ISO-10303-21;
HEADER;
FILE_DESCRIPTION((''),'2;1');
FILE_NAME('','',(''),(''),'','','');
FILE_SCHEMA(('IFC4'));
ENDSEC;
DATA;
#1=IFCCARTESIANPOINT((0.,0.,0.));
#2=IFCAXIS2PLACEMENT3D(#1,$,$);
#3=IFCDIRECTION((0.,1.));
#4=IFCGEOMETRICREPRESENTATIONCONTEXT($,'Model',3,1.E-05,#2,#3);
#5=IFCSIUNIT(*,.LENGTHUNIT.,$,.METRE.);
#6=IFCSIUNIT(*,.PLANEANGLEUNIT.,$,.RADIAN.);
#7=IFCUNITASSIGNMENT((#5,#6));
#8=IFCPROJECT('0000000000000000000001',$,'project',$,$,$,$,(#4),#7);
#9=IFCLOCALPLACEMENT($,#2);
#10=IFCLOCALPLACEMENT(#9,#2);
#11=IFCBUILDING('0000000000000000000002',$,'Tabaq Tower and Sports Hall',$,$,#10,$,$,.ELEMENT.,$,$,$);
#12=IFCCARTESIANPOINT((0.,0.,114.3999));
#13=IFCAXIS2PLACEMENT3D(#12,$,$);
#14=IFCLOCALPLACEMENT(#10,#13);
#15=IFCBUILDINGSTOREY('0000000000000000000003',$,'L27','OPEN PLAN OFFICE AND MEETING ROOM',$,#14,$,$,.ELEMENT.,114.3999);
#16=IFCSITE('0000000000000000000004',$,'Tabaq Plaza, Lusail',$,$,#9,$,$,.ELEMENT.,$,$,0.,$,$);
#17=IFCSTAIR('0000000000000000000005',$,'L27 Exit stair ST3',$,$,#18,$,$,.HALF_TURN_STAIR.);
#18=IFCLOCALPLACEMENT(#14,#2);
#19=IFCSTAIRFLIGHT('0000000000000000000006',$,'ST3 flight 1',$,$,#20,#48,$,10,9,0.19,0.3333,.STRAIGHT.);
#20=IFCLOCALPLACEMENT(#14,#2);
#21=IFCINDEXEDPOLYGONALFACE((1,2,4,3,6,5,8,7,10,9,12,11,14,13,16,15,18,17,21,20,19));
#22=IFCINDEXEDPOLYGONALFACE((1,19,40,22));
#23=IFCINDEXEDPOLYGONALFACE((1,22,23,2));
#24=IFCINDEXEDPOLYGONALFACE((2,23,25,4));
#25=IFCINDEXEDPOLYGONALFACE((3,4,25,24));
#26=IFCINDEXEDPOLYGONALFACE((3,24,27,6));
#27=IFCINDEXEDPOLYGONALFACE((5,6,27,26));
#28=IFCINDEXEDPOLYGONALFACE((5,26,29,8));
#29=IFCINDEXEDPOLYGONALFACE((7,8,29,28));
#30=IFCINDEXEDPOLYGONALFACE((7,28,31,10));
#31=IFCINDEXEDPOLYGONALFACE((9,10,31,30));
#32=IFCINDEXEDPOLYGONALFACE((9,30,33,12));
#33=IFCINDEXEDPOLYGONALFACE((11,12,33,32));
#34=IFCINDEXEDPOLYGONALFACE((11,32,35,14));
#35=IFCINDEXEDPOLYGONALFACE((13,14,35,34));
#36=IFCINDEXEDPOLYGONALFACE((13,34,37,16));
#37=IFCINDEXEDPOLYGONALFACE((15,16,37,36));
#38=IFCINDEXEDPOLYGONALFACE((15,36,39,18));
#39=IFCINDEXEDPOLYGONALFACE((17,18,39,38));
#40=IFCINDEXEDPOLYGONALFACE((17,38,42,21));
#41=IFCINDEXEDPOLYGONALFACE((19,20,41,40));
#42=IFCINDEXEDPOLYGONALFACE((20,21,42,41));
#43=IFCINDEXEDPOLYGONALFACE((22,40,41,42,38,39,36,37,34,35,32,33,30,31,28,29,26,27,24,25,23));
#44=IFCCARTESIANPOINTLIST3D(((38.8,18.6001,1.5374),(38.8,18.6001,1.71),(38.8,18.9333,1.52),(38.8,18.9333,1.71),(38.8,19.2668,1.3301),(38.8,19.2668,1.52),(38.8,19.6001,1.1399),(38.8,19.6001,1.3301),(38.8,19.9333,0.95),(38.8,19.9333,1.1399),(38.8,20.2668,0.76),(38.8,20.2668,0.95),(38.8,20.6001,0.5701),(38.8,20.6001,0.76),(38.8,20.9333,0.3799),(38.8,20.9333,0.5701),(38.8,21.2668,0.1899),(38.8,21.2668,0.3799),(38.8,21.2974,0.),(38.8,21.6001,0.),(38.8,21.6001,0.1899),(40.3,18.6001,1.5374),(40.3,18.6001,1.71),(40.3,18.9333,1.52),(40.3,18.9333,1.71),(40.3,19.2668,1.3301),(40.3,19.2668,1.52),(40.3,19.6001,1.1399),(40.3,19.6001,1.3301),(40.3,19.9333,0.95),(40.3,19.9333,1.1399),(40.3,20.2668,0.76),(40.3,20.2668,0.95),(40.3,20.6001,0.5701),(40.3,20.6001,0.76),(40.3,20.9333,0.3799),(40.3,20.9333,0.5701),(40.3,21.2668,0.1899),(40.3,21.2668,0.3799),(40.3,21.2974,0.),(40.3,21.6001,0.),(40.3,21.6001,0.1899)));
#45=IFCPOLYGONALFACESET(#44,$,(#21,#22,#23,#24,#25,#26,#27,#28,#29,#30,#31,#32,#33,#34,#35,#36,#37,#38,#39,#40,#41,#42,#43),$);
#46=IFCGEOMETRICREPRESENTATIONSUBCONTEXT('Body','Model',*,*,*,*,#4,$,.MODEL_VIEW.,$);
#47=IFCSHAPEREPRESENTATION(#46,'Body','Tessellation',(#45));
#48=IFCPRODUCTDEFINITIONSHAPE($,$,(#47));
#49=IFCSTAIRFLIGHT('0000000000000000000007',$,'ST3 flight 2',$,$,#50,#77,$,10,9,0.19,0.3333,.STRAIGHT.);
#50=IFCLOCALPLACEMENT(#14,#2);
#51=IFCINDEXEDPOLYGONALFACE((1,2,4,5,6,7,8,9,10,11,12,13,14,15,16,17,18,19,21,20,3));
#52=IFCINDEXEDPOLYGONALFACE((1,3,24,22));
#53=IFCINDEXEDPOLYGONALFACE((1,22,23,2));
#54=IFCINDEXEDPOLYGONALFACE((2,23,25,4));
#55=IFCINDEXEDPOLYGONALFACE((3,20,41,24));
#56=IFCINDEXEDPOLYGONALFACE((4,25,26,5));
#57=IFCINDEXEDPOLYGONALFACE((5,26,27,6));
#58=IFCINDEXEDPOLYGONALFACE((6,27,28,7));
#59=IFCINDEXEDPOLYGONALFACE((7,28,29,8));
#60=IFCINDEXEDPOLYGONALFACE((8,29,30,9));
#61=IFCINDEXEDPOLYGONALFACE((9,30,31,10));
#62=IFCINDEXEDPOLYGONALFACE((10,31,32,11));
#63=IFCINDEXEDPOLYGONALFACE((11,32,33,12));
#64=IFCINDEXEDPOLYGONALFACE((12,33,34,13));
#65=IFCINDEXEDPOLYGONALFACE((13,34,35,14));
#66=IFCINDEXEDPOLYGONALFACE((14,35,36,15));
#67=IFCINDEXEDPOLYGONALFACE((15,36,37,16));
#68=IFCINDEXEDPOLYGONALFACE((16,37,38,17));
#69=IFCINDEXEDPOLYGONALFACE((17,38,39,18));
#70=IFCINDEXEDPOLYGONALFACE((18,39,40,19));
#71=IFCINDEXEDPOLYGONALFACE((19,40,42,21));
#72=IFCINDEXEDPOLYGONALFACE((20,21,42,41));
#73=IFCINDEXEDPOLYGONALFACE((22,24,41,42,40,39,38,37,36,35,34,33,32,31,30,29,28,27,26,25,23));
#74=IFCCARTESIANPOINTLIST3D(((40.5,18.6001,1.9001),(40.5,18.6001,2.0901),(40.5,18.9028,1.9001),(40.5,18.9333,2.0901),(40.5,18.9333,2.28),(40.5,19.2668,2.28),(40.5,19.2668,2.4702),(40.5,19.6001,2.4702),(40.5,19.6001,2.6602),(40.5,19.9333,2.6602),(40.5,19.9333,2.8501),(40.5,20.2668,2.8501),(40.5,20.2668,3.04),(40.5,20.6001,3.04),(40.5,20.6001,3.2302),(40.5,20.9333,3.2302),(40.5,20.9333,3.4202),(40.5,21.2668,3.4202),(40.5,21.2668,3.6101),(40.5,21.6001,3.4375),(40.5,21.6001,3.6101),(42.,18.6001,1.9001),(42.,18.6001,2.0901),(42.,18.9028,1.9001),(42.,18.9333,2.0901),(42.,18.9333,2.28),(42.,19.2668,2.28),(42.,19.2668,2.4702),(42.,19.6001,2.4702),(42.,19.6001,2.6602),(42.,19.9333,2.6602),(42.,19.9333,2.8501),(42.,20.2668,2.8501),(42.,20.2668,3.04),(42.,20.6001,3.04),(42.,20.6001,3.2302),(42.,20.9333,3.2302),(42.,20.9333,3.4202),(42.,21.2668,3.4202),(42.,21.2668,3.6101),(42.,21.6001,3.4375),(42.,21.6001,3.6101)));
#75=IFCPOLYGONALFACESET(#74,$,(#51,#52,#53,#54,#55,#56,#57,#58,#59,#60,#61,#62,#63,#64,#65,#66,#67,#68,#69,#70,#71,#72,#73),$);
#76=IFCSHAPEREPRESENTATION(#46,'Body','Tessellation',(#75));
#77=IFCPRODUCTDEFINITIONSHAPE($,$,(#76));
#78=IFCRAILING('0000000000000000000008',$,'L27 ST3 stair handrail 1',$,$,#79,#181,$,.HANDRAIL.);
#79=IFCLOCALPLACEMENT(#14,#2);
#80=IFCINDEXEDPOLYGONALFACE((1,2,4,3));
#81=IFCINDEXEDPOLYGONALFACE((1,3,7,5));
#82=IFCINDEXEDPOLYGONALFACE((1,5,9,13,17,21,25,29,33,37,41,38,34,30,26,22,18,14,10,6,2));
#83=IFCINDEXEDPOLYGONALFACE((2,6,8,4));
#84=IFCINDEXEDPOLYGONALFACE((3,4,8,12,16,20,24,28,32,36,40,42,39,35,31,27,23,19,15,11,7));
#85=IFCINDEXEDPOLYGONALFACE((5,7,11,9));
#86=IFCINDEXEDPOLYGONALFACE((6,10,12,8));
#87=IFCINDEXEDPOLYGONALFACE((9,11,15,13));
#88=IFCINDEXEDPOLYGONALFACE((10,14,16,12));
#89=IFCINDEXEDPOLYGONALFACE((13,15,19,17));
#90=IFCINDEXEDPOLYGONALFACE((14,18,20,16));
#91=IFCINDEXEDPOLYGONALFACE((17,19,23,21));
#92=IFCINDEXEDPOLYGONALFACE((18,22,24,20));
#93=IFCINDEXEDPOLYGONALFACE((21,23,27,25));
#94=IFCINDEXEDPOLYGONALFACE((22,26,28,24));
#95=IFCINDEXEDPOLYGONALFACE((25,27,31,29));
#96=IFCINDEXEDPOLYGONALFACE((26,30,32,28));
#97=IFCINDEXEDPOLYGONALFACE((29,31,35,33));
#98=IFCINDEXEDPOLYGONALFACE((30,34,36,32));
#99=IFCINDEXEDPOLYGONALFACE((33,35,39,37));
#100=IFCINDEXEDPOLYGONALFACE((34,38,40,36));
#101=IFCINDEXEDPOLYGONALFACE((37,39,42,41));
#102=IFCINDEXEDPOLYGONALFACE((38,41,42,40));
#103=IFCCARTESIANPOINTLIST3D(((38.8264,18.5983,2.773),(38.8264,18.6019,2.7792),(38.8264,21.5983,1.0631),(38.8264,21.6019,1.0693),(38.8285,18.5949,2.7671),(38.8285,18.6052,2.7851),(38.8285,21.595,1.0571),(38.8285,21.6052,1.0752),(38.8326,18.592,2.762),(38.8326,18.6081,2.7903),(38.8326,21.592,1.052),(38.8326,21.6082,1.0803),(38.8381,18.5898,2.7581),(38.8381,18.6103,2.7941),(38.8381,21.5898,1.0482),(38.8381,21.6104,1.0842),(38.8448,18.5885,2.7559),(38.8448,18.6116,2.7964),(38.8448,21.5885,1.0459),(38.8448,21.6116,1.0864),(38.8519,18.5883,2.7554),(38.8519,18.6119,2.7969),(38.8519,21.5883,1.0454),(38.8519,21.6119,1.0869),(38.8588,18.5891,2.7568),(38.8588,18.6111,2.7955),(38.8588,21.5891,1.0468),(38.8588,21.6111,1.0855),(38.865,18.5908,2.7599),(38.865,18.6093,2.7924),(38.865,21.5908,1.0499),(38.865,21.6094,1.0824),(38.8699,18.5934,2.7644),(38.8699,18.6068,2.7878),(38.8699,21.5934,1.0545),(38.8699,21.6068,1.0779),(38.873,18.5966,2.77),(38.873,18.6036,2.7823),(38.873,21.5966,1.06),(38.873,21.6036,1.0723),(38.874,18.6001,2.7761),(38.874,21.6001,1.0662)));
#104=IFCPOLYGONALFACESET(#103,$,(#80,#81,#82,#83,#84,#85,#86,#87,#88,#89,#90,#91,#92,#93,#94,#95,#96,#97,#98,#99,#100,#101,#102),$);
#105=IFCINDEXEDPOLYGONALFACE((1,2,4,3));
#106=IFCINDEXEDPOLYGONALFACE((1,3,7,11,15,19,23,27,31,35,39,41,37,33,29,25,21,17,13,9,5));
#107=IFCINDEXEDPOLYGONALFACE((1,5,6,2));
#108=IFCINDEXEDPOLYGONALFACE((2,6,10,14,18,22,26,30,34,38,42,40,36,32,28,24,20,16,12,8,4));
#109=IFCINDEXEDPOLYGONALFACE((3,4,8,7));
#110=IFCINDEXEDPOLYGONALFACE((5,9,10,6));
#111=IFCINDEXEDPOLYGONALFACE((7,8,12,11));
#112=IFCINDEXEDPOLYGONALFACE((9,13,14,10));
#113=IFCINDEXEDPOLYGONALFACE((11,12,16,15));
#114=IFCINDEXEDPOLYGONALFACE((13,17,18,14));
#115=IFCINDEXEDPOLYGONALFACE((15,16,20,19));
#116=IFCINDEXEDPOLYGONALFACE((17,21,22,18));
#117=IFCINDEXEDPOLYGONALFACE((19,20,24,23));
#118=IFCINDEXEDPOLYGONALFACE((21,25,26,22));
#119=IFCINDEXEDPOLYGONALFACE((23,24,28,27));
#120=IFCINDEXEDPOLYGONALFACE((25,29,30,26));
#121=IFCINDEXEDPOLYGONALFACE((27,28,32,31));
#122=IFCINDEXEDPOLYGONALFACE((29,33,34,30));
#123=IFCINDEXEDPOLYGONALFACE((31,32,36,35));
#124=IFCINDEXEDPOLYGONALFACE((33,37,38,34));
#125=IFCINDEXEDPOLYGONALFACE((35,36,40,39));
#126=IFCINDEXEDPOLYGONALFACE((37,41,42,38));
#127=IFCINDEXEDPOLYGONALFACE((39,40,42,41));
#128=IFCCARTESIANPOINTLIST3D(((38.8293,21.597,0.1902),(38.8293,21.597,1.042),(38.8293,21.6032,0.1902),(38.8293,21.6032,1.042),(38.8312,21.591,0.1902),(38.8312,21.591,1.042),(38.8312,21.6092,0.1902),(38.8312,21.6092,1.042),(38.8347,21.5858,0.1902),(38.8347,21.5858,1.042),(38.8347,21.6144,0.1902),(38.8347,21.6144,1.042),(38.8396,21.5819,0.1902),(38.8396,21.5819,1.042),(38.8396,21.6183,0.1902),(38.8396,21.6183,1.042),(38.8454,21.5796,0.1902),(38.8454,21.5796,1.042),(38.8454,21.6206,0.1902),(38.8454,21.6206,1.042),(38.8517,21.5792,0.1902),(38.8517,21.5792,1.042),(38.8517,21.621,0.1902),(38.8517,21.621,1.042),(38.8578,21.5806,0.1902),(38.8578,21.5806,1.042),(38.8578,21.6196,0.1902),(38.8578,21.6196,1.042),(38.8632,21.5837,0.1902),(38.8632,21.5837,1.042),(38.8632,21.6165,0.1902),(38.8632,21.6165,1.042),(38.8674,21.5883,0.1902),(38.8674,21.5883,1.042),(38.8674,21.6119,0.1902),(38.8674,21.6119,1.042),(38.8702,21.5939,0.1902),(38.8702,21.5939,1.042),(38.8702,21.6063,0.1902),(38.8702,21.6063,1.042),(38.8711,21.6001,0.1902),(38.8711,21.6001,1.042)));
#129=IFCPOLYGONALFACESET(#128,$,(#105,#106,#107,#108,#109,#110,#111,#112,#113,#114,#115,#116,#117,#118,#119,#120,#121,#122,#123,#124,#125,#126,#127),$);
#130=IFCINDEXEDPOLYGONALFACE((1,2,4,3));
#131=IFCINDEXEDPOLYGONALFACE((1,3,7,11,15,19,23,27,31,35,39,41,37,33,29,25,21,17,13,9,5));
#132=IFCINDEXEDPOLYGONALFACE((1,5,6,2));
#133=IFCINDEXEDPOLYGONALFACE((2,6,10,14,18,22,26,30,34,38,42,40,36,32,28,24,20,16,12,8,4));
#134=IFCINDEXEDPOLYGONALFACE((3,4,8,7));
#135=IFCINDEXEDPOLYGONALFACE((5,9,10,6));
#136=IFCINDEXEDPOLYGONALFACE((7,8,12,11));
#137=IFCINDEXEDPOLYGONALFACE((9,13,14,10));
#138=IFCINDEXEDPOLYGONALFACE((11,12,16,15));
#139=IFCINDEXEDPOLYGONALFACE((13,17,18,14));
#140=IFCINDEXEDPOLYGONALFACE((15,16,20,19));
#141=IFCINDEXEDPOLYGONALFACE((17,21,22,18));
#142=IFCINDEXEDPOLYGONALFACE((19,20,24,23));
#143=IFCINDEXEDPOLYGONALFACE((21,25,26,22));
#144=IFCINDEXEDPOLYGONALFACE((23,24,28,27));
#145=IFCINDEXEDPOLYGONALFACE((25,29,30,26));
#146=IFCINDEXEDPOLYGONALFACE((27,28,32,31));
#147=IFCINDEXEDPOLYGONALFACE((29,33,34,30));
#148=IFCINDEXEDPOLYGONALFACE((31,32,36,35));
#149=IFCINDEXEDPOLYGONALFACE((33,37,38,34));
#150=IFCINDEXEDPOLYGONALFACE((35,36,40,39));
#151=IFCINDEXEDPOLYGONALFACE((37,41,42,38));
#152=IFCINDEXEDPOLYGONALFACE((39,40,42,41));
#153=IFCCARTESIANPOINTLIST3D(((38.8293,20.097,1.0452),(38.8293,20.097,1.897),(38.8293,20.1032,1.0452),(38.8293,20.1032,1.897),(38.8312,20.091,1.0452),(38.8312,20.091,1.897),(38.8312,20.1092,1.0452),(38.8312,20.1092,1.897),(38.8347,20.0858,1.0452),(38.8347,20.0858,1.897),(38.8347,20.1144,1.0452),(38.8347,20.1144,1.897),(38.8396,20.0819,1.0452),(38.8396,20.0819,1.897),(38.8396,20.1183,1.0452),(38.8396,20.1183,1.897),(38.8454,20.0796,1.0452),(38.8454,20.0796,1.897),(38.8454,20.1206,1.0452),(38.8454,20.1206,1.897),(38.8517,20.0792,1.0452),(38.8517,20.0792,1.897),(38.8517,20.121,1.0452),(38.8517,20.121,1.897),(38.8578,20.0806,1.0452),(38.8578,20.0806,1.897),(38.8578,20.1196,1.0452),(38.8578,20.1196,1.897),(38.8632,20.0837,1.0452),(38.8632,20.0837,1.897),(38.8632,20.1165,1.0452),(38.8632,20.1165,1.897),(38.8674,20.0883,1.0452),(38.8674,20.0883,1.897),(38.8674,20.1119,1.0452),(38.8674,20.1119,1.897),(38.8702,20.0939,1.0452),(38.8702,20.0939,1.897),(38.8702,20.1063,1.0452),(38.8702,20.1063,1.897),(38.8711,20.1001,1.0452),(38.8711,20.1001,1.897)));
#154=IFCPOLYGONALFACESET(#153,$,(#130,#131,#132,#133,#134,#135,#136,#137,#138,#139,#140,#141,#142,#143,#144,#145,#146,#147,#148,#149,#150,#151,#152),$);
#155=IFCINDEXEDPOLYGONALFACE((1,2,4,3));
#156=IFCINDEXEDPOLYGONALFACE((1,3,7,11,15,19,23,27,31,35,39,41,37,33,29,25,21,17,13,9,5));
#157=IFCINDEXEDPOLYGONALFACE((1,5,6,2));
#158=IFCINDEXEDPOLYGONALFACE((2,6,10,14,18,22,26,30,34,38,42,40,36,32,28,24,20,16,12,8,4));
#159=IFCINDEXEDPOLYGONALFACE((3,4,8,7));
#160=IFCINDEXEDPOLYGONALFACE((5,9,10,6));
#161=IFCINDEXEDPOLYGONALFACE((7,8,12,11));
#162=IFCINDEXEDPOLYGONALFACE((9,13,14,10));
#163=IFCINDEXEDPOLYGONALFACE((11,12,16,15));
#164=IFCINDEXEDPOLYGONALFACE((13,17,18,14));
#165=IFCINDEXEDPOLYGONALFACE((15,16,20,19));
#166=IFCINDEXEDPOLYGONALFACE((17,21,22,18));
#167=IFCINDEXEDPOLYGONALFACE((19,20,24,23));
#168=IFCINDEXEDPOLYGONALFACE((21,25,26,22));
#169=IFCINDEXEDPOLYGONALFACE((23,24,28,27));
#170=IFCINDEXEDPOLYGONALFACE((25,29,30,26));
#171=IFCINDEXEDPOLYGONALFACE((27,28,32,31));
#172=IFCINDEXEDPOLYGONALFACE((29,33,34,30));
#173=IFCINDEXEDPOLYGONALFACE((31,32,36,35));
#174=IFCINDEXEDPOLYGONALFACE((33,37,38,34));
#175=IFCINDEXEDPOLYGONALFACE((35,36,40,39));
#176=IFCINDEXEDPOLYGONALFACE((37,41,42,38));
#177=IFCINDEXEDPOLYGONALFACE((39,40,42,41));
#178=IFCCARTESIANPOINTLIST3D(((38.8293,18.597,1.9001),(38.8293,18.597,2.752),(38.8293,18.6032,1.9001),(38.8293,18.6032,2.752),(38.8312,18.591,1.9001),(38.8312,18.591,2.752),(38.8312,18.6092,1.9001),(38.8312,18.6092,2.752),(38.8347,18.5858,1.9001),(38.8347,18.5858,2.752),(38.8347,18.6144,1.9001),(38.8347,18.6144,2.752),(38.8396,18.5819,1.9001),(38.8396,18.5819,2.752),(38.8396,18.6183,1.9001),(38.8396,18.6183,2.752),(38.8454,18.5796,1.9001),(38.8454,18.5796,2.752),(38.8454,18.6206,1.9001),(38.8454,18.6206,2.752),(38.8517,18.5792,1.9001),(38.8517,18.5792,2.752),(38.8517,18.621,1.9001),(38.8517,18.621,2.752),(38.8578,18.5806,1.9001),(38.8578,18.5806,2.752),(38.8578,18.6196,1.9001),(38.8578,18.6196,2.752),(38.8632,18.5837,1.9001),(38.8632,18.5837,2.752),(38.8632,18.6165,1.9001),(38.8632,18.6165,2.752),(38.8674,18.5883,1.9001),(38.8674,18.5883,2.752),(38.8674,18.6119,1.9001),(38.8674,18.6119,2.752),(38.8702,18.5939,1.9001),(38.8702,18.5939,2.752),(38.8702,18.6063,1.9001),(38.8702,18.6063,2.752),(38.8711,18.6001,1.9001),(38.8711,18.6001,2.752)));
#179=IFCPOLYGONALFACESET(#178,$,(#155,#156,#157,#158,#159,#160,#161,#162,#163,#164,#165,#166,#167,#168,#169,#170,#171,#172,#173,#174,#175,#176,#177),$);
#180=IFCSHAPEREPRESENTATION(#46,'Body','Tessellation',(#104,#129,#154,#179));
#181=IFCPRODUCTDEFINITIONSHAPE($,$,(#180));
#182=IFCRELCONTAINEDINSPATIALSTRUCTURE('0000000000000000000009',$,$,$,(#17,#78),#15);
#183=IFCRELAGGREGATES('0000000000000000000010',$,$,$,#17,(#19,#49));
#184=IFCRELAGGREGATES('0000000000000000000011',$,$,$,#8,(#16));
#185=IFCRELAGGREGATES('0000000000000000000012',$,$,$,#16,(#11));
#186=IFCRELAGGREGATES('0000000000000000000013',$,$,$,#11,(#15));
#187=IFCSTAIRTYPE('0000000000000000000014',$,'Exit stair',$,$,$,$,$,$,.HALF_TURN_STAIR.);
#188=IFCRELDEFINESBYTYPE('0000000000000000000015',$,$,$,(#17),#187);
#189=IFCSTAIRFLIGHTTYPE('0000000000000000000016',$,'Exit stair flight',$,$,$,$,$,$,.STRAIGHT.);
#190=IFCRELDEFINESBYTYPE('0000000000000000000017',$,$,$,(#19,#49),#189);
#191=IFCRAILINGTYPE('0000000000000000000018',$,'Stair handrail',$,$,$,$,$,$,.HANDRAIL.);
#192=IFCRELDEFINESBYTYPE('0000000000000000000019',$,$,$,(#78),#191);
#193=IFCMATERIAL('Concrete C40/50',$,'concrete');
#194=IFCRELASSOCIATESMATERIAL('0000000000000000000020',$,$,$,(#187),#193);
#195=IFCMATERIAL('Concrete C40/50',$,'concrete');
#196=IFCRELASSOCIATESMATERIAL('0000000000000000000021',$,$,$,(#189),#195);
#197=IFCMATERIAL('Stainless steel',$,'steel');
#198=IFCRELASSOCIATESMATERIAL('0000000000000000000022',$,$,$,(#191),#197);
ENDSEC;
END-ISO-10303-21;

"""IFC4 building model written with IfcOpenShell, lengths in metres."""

from ifc_helpers import new_model, si_unit, direction, frame, origin, origin_2d, place, context, subcontext, project, spatial, polyline, circle, outline, extrude, material, type_object, element, aggregate, save


model = new_model("IFC4")

# Units and contexts
model_context = context("Model", 3, precision=1e-05, world=origin(), true_north=direction((0.0, 1.0)))
body_context = subcontext(model_context, "Body", "Model", "MODEL_VIEW")
ifc_project = project(units=[si_unit("LENGTHUNIT", "METRE"), si_unit("PLANEANGLEUNIT", "RADIAN")], contexts=[model_context])

# Site, building, storey
site_placement = place(None, origin())
site = spatial("IfcSite", under=ifc_project, at=site_placement, Name="Tabaq Plaza, Lusail", CompositionType="ELEMENT", RefElevation=0.0)
building_placement = place(site_placement, origin())
building = spatial("IfcBuilding", under=site, at=building_placement, Name="Tabaq Tower and Sports Hall", CompositionType="ELEMENT")
storey_placement = place(building_placement, frame((0.0, 0.0, 114.3999)))
storey = spatial("IfcBuildingStorey", under=building, at=storey_placement, Name="L27", Description="OPEN PLAN OFFICE AND MEETING ROOM", CompositionType="ELEMENT", Elevation=114.3999)

# Stair, stair flights
ifc_material_1 = material(Name="Concrete C40/50", Category="concrete")
stair_type = type_object("IfcStairType", Name="Exit stair", PredefinedType="HALF_TURN_STAIR", material=ifc_material_1)
stair_placement = place(storey_placement, origin())
stair = element("IfcStair", 1, at=stair_placement, inside=storey, type_object=stair_type, Name="L27 Exit stair ST3", PredefinedType="HALF_TURN_STAIR")
ifc_material_2 = material(Name="Concrete C40/50", Category="concrete")
stair_flight_type = type_object("IfcStairFlightType", Name="Exit stair flight", PredefinedType="STRAIGHT", material=ifc_material_2)
stair_flight_1_placement = place(storey_placement, frame((39.55, 21.6001, 0.0), z_axis=(0.0, 0.0, 1.0), x_axis=(0.0, -1.0, 0.0)))
stair_flight_1 = element("IfcStairFlight", 2, at=stair_flight_1_placement, type_object=stair_flight_type, Name="ST3 flight 1", NumberOfRisers=10, NumberOfTreads=9, PredefinedType="STRAIGHT", RiserHeight=0.19, TreadLength=0.3333, context=body_context, shape_type="SweptSolid", body=[
    extrude(outline(polyline([(0.0, 0.0), (0.0, 0.1899), (0.3333, 0.1899), (0.3333, 0.3799), (0.6667, 0.3799), (0.6667, 0.5701), (1.0, 0.5701), (1.0, 0.76), (1.3333, 0.76), (1.3333, 0.95), (1.6667, 0.95), (1.6667, 1.1399), (2.0, 1.1399), (2.0, 1.3301), (2.3333, 1.3301), (2.3333, 1.52), (2.6667, 1.52), (2.6667, 1.71), (3.0, 1.71), (3.0, 1.8999), (3.0, 1.5374), (0.3027, 0.0), (0.0, 0.0)])), frame((0.0, 0.75, 0.0), z_axis=(0.0, -1.0, 0.0), x_axis=(1.0, 0.0, 0.0)), (0.0, 0.0, 1.0), 1.5),
])
stair_flight_2_placement = place(storey_placement, frame((41.25, 18.6001, 1.9001), z_axis=(0.0, 0.0, 1.0), x_axis=(0.0, 1.0, 0.0)))
stair_flight_2 = element("IfcStairFlight", 3, at=stair_flight_2_placement, type_object=stair_flight_type, Name="ST3 flight 2", NumberOfRisers=10, NumberOfTreads=9, PredefinedType="STRAIGHT", RiserHeight=0.19, TreadLength=0.3333, context=body_context, shape_type="SweptSolid", body=[
    extrude(outline(polyline([(0.0, 0.0), (0.0, 0.1899), (0.3333, 0.1899), (0.3333, 0.3799), (0.6667, 0.3799), (0.6667, 0.5701), (1.0, 0.5701), (1.0, 0.76), (1.3333, 0.76), (1.3333, 0.95), (1.6667, 0.95), (1.6667, 1.1399), (2.0, 1.1399), (2.0, 1.3301), (2.3333, 1.3301), (2.3333, 1.52), (2.6667, 1.52), (2.6667, 1.71), (3.0, 1.71), (3.0, 1.8999), (3.0, 1.5374), (0.3027, 0.0), (0.0, 0.0)])), frame((0.0, 0.75, 0.0), z_axis=(0.0, -1.0, 0.0), x_axis=(1.0, 0.0, 0.0)), (0.0, 0.0, 1.0), 1.5),
])
aggregate(stair, [stair_flight_1, stair_flight_2])

# Railing
ifc_material_3 = material(Name="Stainless steel", Category="steel")
railing_type_1 = type_object("IfcRailingType", Name="Stair handrail", PredefinedType="HANDRAIL", material=ifc_material_3)
railing_1_placement = place(storey_placement, frame((38.8501, 21.6001, 0.1902)))
element("IfcRailing", 4, at=railing_1_placement, inside=storey, type_object=railing_type_1, Name="L27 ST3 stair handrail 1", PredefinedType="HANDRAIL", context=body_context, shape_type="SweptSolid", body=[
    extrude(circle(Radius=0.0239, at=origin_2d()), frame((0.0, 0.0, 0.876), z_axis=(0.0, -0.868782, 0.495195), x_axis=(1.0, 0.0, 0.0)), (0.0, 0.0, 1.0), 3.4531),
    extrude(circle(Radius=0.021, at=origin_2d()), origin(), (0.0, 0.0, 1.0), 0.8518),
    extrude(circle(Radius=0.021, at=origin_2d()), frame((0.0, -1.5, 0.855)), (0.0, 0.0, 1.0), 0.8518),
    extrude(circle(Radius=0.021, at=origin_2d()), frame((0.0, -3.0, 1.71)), (0.0, 0.0, 1.0), 0.8518),
])

save(model, "model.ifc")
